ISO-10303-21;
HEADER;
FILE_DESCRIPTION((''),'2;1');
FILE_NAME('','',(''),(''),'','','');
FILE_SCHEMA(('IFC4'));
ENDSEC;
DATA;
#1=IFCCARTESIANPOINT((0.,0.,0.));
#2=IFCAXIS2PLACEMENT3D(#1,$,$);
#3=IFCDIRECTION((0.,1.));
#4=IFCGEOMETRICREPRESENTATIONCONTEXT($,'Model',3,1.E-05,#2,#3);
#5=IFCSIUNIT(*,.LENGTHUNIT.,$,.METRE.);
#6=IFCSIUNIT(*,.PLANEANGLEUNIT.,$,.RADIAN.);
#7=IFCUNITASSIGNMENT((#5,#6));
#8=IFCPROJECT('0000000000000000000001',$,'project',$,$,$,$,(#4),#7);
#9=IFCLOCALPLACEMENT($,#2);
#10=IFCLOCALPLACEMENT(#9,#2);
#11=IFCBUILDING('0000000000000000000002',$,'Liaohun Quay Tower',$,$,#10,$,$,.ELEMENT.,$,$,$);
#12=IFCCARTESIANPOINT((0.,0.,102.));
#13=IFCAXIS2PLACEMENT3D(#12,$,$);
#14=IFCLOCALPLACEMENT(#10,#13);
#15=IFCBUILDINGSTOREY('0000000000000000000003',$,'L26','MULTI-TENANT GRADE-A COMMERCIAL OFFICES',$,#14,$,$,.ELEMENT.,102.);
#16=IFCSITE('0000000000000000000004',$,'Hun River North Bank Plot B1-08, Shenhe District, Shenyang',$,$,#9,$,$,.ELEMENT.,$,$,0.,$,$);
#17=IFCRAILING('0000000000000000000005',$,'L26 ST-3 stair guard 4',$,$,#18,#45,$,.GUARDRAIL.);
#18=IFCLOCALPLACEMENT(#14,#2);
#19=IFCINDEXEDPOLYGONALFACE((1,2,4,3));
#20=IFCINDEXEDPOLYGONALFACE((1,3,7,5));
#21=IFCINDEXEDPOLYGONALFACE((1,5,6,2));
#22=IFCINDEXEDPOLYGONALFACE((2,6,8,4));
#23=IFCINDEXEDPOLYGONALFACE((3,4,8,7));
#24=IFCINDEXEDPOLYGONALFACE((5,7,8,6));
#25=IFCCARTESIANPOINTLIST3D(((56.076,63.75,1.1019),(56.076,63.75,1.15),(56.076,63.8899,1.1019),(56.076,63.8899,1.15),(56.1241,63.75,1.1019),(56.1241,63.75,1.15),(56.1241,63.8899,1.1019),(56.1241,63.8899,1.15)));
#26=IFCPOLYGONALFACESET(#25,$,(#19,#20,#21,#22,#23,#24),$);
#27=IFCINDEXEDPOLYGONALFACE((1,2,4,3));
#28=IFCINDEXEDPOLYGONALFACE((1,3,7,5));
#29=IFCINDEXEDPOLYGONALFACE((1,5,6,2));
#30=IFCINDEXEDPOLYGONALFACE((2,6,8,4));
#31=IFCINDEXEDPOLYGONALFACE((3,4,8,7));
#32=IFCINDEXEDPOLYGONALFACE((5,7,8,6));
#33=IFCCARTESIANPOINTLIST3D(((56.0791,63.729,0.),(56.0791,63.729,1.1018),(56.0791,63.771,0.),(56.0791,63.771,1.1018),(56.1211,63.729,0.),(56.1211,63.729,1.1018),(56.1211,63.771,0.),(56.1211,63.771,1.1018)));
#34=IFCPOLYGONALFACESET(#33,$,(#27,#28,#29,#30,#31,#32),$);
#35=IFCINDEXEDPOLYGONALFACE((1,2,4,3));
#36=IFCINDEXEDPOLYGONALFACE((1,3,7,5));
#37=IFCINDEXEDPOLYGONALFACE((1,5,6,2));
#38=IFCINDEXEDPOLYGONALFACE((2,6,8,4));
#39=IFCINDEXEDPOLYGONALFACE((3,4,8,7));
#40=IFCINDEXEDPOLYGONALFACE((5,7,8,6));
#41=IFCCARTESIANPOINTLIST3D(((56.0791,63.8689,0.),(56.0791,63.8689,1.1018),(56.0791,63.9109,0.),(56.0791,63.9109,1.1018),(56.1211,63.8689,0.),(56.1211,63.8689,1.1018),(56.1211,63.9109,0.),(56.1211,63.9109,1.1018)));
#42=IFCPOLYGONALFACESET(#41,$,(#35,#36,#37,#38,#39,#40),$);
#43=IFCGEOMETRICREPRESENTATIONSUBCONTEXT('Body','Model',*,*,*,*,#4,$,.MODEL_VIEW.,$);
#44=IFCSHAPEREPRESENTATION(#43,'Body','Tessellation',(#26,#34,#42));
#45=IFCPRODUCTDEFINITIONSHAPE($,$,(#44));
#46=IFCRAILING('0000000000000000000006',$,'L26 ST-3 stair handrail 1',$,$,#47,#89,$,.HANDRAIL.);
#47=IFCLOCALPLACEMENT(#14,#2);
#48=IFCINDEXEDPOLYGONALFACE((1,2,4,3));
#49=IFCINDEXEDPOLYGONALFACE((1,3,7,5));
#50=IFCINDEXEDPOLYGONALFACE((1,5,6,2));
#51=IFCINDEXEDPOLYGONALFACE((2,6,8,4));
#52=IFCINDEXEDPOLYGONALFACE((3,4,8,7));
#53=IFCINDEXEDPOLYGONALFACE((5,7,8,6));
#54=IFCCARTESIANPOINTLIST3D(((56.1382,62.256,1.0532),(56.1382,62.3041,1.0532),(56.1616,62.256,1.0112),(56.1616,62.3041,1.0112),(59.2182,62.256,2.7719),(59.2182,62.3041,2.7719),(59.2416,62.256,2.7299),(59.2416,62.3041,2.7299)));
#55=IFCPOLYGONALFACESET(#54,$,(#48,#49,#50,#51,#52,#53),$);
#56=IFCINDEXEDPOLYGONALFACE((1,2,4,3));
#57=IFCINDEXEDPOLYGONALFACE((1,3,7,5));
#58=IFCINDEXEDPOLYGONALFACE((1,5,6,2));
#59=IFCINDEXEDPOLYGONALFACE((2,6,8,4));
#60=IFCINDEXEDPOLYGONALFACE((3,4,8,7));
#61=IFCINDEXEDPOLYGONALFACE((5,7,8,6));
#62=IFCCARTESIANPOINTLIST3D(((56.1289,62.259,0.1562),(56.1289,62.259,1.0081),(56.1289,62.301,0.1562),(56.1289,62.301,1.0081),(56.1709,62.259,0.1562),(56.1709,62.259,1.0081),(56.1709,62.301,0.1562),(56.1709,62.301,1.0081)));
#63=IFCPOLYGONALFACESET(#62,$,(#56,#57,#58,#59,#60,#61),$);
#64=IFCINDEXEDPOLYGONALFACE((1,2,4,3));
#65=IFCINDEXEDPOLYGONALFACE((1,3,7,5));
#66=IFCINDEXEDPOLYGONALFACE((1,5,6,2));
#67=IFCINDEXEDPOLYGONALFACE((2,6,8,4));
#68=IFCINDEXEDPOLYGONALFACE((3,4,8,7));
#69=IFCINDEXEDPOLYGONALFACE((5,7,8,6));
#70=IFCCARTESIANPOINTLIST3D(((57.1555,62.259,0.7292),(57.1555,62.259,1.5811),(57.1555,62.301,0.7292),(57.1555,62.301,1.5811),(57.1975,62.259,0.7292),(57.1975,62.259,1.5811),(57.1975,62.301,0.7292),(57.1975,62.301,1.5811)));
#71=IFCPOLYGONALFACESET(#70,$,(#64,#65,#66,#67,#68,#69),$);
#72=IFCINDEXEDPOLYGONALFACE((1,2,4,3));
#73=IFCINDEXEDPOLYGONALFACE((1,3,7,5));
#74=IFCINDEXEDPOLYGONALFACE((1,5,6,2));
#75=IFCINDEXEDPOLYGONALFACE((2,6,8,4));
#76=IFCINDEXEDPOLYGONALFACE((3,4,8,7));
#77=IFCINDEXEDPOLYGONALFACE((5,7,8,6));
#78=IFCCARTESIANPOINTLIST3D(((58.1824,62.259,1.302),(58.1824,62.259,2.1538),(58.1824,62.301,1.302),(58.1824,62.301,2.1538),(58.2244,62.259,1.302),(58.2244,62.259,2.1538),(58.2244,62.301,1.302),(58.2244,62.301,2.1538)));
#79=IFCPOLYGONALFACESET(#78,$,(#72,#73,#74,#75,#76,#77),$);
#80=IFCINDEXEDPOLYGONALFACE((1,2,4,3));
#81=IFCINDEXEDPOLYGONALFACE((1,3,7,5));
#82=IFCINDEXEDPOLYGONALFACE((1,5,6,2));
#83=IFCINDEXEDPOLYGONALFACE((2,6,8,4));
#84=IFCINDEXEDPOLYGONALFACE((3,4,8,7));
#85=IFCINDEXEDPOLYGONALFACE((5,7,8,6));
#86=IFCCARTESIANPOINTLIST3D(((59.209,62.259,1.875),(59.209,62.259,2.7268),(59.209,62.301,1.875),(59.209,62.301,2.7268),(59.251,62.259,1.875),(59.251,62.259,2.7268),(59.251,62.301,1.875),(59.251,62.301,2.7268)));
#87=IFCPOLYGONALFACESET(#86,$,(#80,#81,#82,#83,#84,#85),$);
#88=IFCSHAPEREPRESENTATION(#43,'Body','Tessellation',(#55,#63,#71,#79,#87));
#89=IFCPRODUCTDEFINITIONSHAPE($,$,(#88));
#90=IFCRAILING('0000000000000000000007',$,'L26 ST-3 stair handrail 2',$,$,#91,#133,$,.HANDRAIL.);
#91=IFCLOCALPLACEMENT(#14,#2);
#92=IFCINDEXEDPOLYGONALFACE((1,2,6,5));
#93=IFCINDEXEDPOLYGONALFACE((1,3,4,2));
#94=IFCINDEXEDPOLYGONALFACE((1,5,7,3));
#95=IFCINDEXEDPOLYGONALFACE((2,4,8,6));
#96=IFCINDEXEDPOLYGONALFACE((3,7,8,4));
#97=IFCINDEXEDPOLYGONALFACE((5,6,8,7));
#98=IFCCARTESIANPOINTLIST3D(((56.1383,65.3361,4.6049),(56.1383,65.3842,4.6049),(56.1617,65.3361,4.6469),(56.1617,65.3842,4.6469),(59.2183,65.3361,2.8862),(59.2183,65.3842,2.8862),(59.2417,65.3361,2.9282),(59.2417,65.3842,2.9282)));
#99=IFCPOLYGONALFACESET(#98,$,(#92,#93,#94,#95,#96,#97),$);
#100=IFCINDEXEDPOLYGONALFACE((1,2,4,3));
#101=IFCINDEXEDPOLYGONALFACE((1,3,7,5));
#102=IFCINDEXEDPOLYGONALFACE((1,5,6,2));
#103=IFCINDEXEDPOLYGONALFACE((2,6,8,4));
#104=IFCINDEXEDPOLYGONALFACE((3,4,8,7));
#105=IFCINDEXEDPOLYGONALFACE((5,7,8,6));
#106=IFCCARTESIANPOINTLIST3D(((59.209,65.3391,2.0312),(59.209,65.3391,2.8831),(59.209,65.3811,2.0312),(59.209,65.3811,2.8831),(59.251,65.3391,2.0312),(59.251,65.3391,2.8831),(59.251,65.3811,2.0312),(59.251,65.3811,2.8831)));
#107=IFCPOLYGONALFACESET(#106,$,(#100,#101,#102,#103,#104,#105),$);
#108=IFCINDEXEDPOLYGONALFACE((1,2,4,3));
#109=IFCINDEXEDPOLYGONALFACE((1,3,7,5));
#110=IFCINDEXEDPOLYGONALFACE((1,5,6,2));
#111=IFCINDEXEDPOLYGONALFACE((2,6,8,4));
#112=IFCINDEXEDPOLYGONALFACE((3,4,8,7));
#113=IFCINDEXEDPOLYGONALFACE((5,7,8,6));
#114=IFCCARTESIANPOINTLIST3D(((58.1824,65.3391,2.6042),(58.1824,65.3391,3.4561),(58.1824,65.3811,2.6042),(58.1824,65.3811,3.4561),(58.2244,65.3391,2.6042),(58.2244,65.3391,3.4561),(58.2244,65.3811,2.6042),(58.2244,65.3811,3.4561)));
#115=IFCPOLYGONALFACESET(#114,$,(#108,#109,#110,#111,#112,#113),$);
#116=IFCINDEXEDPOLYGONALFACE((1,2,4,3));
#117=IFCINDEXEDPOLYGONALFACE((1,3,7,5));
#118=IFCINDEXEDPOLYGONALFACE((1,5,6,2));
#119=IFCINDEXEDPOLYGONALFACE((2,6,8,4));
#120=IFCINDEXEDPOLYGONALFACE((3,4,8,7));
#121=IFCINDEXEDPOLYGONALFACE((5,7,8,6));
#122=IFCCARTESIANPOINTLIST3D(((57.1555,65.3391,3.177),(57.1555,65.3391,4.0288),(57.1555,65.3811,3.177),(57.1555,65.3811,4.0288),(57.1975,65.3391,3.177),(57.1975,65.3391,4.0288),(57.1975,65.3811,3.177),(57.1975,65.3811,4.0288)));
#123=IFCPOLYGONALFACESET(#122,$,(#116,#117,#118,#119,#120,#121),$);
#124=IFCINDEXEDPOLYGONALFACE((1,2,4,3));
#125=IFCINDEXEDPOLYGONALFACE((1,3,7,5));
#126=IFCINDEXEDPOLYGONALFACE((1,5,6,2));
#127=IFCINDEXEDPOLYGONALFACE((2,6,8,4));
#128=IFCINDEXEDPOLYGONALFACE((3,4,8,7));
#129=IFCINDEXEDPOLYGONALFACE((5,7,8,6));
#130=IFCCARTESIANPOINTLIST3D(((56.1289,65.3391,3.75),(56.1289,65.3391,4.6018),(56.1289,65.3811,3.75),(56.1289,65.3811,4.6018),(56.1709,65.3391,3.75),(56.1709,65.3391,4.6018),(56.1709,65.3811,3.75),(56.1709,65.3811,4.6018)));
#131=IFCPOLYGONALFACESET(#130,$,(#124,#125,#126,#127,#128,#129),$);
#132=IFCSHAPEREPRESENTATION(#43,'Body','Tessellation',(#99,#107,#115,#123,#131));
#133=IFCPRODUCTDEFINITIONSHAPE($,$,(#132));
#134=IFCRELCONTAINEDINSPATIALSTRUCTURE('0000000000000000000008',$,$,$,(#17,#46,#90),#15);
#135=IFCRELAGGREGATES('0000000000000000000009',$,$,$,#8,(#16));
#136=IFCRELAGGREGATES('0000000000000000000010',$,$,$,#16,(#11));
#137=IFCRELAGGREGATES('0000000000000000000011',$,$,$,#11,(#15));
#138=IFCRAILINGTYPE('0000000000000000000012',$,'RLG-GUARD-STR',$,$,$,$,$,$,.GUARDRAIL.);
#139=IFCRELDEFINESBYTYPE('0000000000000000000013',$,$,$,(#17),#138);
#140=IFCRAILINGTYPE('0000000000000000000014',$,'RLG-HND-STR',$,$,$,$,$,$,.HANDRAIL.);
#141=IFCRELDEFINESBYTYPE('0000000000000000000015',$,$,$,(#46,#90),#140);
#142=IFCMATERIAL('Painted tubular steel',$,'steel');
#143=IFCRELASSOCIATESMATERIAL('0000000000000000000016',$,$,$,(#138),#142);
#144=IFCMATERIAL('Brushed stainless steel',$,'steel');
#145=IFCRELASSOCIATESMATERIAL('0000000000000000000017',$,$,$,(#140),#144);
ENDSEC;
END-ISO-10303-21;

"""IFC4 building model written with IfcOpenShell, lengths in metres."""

from ifc_helpers import new_model, si_unit, direction, frame, origin, origin_2d, place, context, subcontext, project, spatial, rectangle, extrude, material, type_object, element, save


model = new_model("IFC4")

# Units and contexts
model_context = context("Model", 3, precision=1e-05, world=origin(), true_north=direction((0.0, 1.0)))
body_context = subcontext(model_context, "Body", "Model", "MODEL_VIEW")
ifc_project = project(units=[si_unit("LENGTHUNIT", "METRE"), si_unit("PLANEANGLEUNIT", "RADIAN")], contexts=[model_context])

# Site, building, storey
site_placement = place(None, origin())
site = spatial("IfcSite", under=ifc_project, at=site_placement, Name="Hun River North Bank Plot B1-08, Shenhe District, Shenyang", CompositionType="ELEMENT", RefElevation=0.0)
building_placement = place(site_placement, origin())
building = spatial("IfcBuilding", under=site, at=building_placement, Name="Liaohun Quay Tower", CompositionType="ELEMENT")
storey_placement = place(building_placement, frame((0.0, 0.0, 102.0)))
storey = spatial("IfcBuildingStorey", under=building, at=storey_placement, Name="L26", Description="MULTI-TENANT GRADE-A COMMERCIAL OFFICES", CompositionType="ELEMENT", Elevation=102.0)

# Railings
ifc_material_1 = material(Name="Painted tubular steel", Category="steel")
railing_type_1 = type_object("IfcRailingType", Name="RLG-GUARD-STR", PredefinedType="GUARDRAIL", material=ifc_material_1)
railing_1_placement = place(storey_placement, frame((56.1001, 63.75, 0.0)))
element("IfcRailing", 1, at=railing_1_placement, inside=storey, type_object=railing_type_1, Name="L26 ST-3 stair guard 4", PredefinedType="GUARDRAIL", context=body_context, shape_type="SweptSolid", body=[
    extrude(rectangle(XDim=0.0481, YDim=0.0481, at=origin_2d()), frame((0.0, 0.0, 1.126), z_axis=(0.0, 1.0, 0.0), x_axis=(-1.0, 0.0, 0.0)), (0.0, 0.0, 1.0), 0.1399),
    extrude(rectangle(XDim=0.042, YDim=0.042, at=origin_2d()), origin(), (0.0, 0.0, 1.0), 1.1018),
    extrude(rectangle(XDim=0.042, YDim=0.042, at=origin_2d()), frame((0.0, 0.1399, 0.0)), (0.0, 0.0, 1.0), 1.1018),
])
ifc_material_2 = material(Name="Brushed stainless steel", Category="steel")
railing_type_2 = type_object("IfcRailingType", Name="RLG-HND-STR", PredefinedType="HANDRAIL", material=ifc_material_2)
railing_2_placement = place(storey_placement, frame((56.1499, 62.28, 0.1562)))
element("IfcRailing", 2, at=railing_2_placement, inside=storey, type_object=railing_type_2, Name="L26 ST-3 stair handrail 1", PredefinedType="HANDRAIL", context=body_context, shape_type="SweptSolid", body=[
    extrude(rectangle(XDim=0.0481, YDim=0.0481, at=origin_2d()), frame((0.0, 0.0, 0.876), z_axis=(0.873242, 0.0, 0.487288), x_axis=(0.0, 1.0, 0.0)), (0.0, 0.0, 1.0), 3.5271),
    extrude(rectangle(XDim=0.042, YDim=0.042, at=origin_2d()), origin(), (0.0, 0.0, 1.0), 0.8518),
    extrude(rectangle(XDim=0.042, YDim=0.042, at=origin_2d()), frame((1.0266, 0.0, 0.573)), (0.0, 0.0, 1.0), 0.8518),
    extrude(rectangle(XDim=0.042, YDim=0.042, at=origin_2d()), frame((2.0535, 0.0, 1.1458)), (0.0, 0.0, 1.0), 0.8518),
    extrude(rectangle(XDim=0.042, YDim=0.042, at=origin_2d()), frame((3.0801, 0.0, 1.7188)), (0.0, 0.0, 1.0), 0.8518),
])
railing_3_placement = place(storey_placement, frame((59.23, 65.3601, 2.0312)))
element("IfcRailing", 3, at=railing_3_placement, inside=storey, type_object=railing_type_2, Name="L26 ST-3 stair handrail 2", PredefinedType="HANDRAIL", context=body_context, shape_type="SweptSolid", body=[
    extrude(rectangle(XDim=0.0481, YDim=0.0481, at=origin_2d()), frame((0.0, 0.0, 0.876), z_axis=(-0.873242, 0.0, 0.487288), x_axis=(0.0, -1.0, 0.0)), (0.0, 0.0, 1.0), 3.5271),
    extrude(rectangle(XDim=0.042, YDim=0.042, at=origin_2d()), origin(), (0.0, 0.0, 1.0), 0.8518),
    extrude(rectangle(XDim=0.042, YDim=0.042, at=origin_2d()), frame((-1.0266, 0.0, 0.573)), (0.0, 0.0, 1.0), 0.8518),
    extrude(rectangle(XDim=0.042, YDim=0.042, at=origin_2d()), frame((-2.0535, 0.0, 1.1458)), (0.0, 0.0, 1.0), 0.8518),
    extrude(rectangle(XDim=0.042, YDim=0.042, at=origin_2d()), frame((-3.0801, 0.0, 1.7188)), (0.0, 0.0, 1.0), 0.8518),
])

save(model, "model.ifc")
